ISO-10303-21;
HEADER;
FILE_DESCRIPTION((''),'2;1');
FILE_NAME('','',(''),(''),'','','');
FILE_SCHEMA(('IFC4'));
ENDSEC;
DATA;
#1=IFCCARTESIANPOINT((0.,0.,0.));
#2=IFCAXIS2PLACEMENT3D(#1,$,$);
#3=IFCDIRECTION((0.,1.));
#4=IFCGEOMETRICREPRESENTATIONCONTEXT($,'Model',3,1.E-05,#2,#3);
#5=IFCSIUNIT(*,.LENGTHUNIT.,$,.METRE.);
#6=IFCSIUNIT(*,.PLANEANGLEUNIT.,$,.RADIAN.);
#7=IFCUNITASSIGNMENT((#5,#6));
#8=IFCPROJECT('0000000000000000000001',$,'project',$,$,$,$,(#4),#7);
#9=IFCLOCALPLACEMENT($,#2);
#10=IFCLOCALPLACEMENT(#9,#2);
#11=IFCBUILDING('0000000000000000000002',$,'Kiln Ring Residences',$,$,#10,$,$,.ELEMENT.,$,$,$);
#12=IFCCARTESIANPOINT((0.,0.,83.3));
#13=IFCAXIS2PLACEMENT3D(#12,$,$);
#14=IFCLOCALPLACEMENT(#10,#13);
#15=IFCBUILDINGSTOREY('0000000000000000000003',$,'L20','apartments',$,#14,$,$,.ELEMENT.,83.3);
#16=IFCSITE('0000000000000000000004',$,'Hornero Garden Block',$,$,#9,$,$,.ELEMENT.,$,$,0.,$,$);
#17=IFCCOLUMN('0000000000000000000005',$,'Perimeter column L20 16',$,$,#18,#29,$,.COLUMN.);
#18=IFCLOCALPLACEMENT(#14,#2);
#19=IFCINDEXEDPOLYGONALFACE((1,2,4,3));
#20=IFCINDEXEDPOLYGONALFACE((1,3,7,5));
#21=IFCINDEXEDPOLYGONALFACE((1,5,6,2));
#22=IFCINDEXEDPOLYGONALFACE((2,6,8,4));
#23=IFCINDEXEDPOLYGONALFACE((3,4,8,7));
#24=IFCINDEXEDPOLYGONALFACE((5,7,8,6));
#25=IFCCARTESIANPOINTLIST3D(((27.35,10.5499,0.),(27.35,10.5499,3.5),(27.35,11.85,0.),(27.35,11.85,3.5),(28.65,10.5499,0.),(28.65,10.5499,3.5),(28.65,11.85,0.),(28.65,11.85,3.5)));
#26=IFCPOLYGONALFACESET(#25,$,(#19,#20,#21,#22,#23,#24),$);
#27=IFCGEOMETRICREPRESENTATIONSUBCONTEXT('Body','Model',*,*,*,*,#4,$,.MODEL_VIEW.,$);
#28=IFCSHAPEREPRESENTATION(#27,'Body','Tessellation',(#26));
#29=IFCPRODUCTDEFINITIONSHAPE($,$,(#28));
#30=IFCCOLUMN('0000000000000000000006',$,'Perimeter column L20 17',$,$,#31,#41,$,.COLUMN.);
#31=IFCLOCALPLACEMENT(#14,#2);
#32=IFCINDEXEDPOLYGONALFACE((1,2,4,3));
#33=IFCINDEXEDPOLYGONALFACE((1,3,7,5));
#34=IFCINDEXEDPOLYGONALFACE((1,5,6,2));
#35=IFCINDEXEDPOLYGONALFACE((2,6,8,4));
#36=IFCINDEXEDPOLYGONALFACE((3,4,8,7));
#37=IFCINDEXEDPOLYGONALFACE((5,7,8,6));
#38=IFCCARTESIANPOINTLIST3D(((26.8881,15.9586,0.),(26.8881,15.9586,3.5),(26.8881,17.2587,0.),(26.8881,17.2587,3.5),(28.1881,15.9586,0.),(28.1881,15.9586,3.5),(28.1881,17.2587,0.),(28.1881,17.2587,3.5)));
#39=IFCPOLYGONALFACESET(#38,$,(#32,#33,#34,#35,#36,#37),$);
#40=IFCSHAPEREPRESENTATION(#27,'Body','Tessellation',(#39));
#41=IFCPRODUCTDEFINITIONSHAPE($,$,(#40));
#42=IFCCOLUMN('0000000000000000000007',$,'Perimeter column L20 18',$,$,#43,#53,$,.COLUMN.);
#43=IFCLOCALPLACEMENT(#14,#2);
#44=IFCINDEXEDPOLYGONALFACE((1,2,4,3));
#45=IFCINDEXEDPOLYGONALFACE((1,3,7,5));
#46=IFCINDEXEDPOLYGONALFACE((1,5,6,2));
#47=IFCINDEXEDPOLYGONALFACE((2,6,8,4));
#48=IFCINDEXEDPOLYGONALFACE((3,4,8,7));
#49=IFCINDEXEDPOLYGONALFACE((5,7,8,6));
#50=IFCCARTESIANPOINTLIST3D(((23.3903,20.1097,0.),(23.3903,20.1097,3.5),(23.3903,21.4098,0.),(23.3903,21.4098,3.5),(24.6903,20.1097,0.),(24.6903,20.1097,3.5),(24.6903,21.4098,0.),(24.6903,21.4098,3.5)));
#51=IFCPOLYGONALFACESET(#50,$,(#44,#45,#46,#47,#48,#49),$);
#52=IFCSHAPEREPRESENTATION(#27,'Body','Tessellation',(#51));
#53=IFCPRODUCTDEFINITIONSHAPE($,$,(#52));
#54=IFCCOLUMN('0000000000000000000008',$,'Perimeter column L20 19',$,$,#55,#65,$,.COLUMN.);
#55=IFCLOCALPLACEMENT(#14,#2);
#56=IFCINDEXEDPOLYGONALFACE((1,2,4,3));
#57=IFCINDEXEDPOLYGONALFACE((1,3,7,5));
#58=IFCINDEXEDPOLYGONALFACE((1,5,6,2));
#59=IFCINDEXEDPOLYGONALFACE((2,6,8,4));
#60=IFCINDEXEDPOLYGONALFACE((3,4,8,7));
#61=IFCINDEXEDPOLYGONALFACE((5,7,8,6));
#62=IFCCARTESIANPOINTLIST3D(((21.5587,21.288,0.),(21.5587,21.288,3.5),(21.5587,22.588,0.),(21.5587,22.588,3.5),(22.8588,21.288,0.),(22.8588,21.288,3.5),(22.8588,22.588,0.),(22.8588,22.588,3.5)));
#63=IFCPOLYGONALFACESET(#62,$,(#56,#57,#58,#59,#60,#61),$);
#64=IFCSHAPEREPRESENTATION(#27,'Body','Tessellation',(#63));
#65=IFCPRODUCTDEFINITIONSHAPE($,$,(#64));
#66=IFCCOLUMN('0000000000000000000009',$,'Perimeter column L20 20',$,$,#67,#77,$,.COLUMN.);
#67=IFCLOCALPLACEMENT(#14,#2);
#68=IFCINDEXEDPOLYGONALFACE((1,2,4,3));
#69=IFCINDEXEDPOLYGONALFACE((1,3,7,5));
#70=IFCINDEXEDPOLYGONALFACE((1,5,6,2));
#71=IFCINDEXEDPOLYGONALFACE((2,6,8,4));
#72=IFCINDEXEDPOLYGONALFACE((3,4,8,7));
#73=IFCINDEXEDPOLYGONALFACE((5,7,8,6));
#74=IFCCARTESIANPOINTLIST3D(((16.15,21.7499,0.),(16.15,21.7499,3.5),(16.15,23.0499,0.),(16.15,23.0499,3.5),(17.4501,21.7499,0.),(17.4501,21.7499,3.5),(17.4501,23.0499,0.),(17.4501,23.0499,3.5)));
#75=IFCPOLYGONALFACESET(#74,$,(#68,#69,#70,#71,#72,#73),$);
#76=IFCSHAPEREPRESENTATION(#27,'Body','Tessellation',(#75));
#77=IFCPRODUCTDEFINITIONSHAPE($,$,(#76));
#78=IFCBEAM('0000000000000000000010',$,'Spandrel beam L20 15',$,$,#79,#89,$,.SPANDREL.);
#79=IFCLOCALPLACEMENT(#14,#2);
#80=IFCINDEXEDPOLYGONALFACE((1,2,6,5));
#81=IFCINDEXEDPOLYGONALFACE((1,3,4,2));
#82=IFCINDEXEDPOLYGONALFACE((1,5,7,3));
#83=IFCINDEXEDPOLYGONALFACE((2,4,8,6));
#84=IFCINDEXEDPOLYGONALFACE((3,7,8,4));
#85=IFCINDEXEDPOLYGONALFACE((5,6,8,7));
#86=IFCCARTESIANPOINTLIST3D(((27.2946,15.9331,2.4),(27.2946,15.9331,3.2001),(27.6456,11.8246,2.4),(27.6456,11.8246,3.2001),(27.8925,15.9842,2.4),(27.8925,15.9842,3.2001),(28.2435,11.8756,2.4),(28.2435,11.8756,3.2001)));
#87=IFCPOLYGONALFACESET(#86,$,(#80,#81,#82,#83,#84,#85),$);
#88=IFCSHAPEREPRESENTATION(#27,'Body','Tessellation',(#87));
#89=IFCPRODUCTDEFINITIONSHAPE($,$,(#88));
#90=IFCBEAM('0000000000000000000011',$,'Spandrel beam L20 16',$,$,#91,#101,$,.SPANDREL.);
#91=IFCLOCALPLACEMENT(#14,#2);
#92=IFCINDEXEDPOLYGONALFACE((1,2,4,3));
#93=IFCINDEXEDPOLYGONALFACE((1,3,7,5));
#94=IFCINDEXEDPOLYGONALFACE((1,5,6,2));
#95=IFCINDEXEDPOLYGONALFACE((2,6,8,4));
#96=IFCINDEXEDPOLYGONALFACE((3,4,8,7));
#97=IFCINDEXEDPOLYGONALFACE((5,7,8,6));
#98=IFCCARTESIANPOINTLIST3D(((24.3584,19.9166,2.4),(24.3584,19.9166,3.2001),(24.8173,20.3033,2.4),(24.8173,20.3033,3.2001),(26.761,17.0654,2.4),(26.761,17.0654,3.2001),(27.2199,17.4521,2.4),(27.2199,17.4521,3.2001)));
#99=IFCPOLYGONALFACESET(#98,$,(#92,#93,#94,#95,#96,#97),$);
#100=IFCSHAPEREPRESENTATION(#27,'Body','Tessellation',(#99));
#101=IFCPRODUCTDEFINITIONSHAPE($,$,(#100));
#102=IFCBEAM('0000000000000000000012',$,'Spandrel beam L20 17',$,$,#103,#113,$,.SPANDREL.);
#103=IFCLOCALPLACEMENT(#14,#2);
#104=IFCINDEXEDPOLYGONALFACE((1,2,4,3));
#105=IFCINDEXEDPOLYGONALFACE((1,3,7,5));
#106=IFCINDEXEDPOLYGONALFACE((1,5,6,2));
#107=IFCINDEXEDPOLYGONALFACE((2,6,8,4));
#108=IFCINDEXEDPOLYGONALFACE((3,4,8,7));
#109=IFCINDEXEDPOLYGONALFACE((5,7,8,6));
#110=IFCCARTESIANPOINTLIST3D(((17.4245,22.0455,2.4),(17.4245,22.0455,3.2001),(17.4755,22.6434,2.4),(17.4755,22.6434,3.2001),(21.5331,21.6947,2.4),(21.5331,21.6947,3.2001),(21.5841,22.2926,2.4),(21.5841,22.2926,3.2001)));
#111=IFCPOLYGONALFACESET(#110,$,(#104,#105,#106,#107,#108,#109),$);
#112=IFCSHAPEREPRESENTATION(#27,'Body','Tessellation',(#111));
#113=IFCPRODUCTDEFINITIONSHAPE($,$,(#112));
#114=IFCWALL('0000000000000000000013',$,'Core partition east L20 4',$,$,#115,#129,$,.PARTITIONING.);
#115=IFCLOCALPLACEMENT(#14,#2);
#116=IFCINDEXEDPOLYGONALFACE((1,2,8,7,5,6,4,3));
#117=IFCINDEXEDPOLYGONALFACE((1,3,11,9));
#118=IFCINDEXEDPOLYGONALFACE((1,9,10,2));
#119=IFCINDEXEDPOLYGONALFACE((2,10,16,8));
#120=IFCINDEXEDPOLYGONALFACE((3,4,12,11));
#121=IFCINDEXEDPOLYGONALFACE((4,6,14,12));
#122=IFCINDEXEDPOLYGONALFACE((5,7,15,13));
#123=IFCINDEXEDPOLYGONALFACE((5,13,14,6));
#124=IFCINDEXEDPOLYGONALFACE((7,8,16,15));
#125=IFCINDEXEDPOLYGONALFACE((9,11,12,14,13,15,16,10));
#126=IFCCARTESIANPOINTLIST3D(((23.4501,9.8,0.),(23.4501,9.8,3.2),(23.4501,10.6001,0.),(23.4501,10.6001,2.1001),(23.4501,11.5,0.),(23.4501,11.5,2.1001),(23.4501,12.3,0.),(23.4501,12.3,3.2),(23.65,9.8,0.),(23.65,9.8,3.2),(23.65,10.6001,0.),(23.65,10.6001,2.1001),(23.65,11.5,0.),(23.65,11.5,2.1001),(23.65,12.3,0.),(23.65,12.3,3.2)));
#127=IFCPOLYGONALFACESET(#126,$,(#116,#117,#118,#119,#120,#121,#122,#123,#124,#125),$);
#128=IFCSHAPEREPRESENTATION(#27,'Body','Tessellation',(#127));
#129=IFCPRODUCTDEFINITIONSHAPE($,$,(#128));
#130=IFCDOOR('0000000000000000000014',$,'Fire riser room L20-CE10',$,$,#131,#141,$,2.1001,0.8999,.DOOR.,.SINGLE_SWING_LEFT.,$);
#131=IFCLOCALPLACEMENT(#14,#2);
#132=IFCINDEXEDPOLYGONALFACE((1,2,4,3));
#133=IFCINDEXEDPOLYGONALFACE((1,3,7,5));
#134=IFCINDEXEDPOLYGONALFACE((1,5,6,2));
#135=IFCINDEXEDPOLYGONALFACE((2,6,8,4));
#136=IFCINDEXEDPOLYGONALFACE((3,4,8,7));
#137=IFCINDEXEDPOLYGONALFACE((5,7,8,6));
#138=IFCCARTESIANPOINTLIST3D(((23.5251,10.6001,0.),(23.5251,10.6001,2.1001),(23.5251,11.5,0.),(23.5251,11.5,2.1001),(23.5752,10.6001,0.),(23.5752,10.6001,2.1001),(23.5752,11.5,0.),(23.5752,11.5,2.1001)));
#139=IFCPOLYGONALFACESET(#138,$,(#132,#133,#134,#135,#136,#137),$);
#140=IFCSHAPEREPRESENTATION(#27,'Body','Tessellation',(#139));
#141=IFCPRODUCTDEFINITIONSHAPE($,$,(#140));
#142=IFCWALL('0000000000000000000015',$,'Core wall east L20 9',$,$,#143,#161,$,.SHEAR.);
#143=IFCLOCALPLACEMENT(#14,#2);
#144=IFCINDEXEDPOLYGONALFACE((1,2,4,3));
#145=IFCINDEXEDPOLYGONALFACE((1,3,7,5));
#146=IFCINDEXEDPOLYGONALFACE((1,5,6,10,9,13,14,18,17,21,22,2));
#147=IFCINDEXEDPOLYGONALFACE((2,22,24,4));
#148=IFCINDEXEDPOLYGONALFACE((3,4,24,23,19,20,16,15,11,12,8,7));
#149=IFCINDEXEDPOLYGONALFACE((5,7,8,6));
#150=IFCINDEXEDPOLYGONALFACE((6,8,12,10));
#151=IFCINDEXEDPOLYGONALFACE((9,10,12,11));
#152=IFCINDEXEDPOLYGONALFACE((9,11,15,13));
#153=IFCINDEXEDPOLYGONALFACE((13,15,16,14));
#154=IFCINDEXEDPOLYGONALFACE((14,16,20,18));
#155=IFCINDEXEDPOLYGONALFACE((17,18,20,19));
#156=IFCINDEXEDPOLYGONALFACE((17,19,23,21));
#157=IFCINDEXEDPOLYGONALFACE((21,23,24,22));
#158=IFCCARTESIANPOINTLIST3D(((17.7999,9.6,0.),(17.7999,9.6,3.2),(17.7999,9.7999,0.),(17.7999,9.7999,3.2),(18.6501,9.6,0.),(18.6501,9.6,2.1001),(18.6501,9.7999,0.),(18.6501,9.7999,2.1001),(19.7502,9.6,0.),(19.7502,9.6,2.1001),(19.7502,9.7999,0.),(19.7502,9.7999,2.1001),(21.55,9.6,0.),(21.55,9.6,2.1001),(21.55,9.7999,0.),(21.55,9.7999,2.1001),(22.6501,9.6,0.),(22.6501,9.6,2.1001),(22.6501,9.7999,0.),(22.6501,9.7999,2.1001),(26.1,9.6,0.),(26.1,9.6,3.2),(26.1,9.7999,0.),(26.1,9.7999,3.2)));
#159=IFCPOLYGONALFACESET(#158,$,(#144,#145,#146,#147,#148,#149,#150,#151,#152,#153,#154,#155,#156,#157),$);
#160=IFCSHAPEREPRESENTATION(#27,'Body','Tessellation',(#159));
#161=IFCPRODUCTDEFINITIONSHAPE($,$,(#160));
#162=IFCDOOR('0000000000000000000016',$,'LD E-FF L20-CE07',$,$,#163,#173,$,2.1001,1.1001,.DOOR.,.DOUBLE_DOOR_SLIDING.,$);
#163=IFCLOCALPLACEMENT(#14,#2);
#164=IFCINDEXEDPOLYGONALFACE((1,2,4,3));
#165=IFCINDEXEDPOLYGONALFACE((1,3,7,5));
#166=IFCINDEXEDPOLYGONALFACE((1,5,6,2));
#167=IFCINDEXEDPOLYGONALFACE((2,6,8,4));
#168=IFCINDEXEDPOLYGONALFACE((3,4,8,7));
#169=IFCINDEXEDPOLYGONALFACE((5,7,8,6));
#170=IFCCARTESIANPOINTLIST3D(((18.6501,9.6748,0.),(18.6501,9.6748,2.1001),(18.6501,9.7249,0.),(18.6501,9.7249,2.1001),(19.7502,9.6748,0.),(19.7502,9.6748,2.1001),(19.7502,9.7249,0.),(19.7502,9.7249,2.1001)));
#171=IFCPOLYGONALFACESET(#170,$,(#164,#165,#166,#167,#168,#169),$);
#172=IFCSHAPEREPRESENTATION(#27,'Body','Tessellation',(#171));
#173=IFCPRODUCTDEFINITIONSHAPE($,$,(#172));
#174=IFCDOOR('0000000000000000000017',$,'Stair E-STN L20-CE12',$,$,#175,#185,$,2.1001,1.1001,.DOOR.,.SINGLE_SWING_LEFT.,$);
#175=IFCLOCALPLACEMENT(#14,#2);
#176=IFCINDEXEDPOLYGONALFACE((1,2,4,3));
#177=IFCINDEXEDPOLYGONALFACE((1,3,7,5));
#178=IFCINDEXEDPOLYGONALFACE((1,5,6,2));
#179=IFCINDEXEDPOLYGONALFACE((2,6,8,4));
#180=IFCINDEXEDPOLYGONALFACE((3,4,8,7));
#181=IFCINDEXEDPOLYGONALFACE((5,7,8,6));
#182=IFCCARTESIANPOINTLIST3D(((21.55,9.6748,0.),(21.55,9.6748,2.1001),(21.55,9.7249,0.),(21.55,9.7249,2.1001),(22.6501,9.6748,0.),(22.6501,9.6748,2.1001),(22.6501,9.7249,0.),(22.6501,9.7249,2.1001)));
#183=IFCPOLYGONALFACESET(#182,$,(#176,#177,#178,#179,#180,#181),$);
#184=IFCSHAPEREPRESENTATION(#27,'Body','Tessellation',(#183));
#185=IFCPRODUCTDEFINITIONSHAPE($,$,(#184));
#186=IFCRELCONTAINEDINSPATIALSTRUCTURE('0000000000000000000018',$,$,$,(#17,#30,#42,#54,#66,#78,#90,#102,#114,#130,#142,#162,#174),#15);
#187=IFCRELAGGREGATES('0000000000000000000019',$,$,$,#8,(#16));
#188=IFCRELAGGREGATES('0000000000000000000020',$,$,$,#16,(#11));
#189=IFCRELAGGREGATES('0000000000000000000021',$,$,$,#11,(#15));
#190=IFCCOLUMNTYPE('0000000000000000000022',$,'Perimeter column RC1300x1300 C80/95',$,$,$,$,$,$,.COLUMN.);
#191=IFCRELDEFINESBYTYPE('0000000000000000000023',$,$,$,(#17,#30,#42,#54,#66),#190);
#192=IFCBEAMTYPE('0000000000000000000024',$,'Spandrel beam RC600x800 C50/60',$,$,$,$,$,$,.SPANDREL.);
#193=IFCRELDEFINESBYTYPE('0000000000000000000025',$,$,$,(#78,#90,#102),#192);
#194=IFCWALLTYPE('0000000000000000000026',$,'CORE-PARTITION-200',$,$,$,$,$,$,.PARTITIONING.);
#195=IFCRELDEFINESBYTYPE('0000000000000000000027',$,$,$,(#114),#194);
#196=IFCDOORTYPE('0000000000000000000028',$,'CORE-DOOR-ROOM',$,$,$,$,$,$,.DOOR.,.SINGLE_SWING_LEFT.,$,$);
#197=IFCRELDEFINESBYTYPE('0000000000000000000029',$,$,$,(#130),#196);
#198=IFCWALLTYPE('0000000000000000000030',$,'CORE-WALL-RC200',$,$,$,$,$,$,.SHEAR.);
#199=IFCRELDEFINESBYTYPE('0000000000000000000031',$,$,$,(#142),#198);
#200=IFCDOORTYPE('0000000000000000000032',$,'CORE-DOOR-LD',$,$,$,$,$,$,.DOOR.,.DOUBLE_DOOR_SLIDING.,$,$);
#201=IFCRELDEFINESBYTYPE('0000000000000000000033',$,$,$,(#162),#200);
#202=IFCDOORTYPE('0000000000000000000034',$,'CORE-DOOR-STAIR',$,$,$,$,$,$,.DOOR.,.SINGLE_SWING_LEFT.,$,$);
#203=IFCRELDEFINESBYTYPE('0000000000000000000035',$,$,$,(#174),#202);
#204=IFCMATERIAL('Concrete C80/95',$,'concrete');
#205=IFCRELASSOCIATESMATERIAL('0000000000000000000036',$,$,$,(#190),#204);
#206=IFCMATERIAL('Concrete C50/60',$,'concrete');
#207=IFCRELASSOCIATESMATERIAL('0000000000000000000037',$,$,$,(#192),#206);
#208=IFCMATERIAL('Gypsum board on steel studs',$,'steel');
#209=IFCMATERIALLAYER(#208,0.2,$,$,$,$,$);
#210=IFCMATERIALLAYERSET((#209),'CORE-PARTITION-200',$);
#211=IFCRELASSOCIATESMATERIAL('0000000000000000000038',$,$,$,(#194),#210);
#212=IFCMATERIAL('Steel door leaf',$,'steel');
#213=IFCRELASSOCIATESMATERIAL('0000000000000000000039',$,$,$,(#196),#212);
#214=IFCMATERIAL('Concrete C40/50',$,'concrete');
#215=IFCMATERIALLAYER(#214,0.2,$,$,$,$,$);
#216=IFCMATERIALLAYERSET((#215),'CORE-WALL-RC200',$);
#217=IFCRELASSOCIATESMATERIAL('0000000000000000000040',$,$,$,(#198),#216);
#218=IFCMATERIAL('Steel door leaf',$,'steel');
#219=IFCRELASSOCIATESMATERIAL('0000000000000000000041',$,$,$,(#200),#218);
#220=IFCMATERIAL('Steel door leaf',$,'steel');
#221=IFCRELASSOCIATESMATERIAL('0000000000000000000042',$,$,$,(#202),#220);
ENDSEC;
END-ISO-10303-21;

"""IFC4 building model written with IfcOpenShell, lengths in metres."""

from ifc_helpers import new_model, si_unit, direction, frame, frame_2d, origin, origin_2d, place, context, subcontext, project, spatial, rectangle, extrude, material, layer, layer_set, material_profile, profile_set, type_object, element, fill, save


model = new_model("IFC4")

# Units and contexts
model_context = context("Model", 3, precision=1e-05, world=origin(), true_north=direction((0.0, 1.0)))
body_context = subcontext(model_context, "Body", "Model", "MODEL_VIEW")
ifc_project = project(units=[si_unit("LENGTHUNIT", "METRE"), si_unit("PLANEANGLEUNIT", "RADIAN")], contexts=[model_context])

# Site, building, storey
site_placement = place(None, origin())
site = spatial("IfcSite", under=ifc_project, at=site_placement, Name="Hornero Garden Block", CompositionType="ELEMENT", RefElevation=0.0)
building_placement = place(site_placement, origin())
building = spatial("IfcBuilding", under=site, at=building_placement, Name="Kiln Ring Residences", CompositionType="ELEMENT")
storey_placement = place(building_placement, frame((0.0, 0.0, 83.3)))
storey = spatial("IfcBuildingStorey", under=building, at=storey_placement, Name="L20", Description="apartments", CompositionType="ELEMENT", Elevation=83.3)

# Columns
ifc_material_1 = material(Name="Concrete C80/95", Category="concrete")
ifc_material_profile_1 = material_profile(ifc_material_1, rectangle(XDim=1.3, YDim=1.3, at=origin_2d()), Name="RC1300x1300")
ifc_profile_set_1 = profile_set([ifc_material_profile_1], Name="Concrete C80/95")
column_type = type_object("IfcColumnType", Name="Perimeter column RC1300x1300 C80/95", PredefinedType="COLUMN", material=ifc_profile_set_1)
for number, where, z_axis, x_axis, name in (
    (1, (28.0, 11.2, 0.0), (0.0, 0.0, 1.0), (1.0, 0.0, 0.0), "Perimeter column L20 16"),
    (2, (27.5381, 16.6086, 0.0), (0.0, 0.0, 1.0), (1.0, 0.0, 0.0), "Perimeter column L20 17"),
    (3, (24.0403, 20.7598, 0.0), (0.0, 0.0, 1.0), (1.0, 0.0, 0.0), "Perimeter column L20 18"),
    (4, (22.2087, 21.938, 0.0), (0.0, 0.0, 1.0), (1.0, 0.0, 0.0), "Perimeter column L20 19"),
    (5, (16.8, 22.3999, 0.0), (0.0, 0.0, 1.0), (1.0, 0.0, 0.0), "Perimeter column L20 20"),
):
    element("IfcColumn", number, at=place(storey_placement, frame(where, z_axis=z_axis, x_axis=x_axis)), inside=storey, type_object=column_type, Name=name, PredefinedType="COLUMN", context=body_context, shape_type="SweptSolid", body=[
        extrude(rectangle(XDim=1.3, YDim=1.3, at=origin_2d()), origin(), (0.0, 0.0, 1.0), 3.5),
    ])

# Beams
ifc_material_2 = material(Name="Concrete C50/60", Category="concrete")
ifc_material_profile_2 = material_profile(ifc_material_2, rectangle(XDim=0.6001, YDim=0.8, at=origin_2d()), Name="RC600x800")
ifc_profile_set_2 = profile_set([ifc_material_profile_2], Name="Concrete C50/60")
beam_type = type_object("IfcBeamType", Name="Spandrel beam RC600x800 C50/60", PredefinedType="SPANDREL", material=ifc_profile_set_2)
beam_1_placement = place(storey_placement, frame((27.9446, 11.8501, 2.8), z_axis=(-0.085137, 0.996369, 0.0), x_axis=(-0.996369, -0.085137, 0.0)))
element("IfcBeam", 6, at=beam_1_placement, inside=storey, type_object=beam_type, Name="Spandrel beam L20 15", PredefinedType="SPANDREL", context=body_context, shape_type="SweptSolid", body=[
    extrude(rectangle(XDim=0.6001, YDim=0.8, at=origin_2d()), origin(), (0.0, 0.0, 1.0), 4.1235),
])
beam_2_placement = place(storey_placement, frame((26.9905, 17.2588, 2.8), z_axis=(-0.6444, 0.764689, 0.0), x_axis=(-0.764689, -0.6444, 0.0)))
element("IfcBeam", 7, at=beam_2_placement, inside=storey, type_object=beam_type, Name="Spandrel beam L20 16", PredefinedType="SPANDREL", context=body_context, shape_type="SweptSolid", body=[
    extrude(rectangle(XDim=0.6001, YDim=0.8, at=origin_2d()), origin(), (0.0, 0.0, 1.0), 3.7285),
])
beam_3_placement = place(storey_placement, frame((21.5586, 21.9937, 2.8), z_axis=(-0.996374, 0.085079, 0.0), x_axis=(-0.085079, -0.996374, 0.0)))
element("IfcBeam", 8, at=beam_3_placement, inside=storey, type_object=beam_type, Name="Spandrel beam L20 17", PredefinedType="SPANDREL", context=body_context, shape_type="SweptSolid", body=[
    extrude(rectangle(XDim=0.6001, YDim=0.8, at=origin_2d()), origin(), (0.0, 0.0, 1.0), 4.1235),
])

# Wall, opening, door
ifc_material_3 = material(Name="Gypsum board on steel studs", Category="steel")
ifc_layer_1 = layer(ifc_material_3, 0.2)
ifc_layer_set_1 = layer_set([ifc_layer_1], Name="CORE-PARTITION-200")
wall_type_1 = type_object("IfcWallType", Name="CORE-PARTITION-200", PredefinedType="PARTITIONING", material=ifc_layer_set_1)
wall_1_placement = place(storey_placement, frame((23.55, 9.8, 0.0), z_axis=(0.0, 0.0, 1.0), x_axis=(0.0, 1.0, 0.0)))
wall_1 = element("IfcWall", 9, at=wall_1_placement, inside=storey, type_object=wall_type_1, Name="Core partition east L20 4", PredefinedType="PARTITIONING", context=body_context, shape_type="SweptSolid", body=[
    extrude(rectangle(XDim=2.5, YDim=0.2, at=frame_2d((1.25, 0.0))), origin(), (0.0, 0.0, 1.0), 3.2),
])
opening_1_placement = place(wall_1_placement, frame((0.8, 0.0, 0.0)))
opening_1 = element("IfcOpeningElement", 10, at=opening_1_placement, cuts=wall_1, PredefinedType="OPENING", context=body_context, shape_type="SweptSolid", body=[
    extrude(rectangle(XDim=0.8999, YDim=2.1001, at=frame_2d((0.45, 1.05))), frame((0.0, 0.1099, 0.0), z_axis=(0.0, -1.0, 0.0), x_axis=(1.0, 0.0, 0.0)), (0.0, 0.0, 1.0), 0.22),
])
ifc_material_4 = material(Name="Steel door leaf", Category="steel")
door_type_1 = type_object("IfcDoorType", Name="CORE-DOOR-ROOM", OperationType="SINGLE_SWING_LEFT", PredefinedType="DOOR", material=ifc_material_4)
door_1_placement = place(opening_1_placement, origin())
door_1 = element("IfcDoor", 11, at=door_1_placement, inside=storey, type_object=door_type_1, Name="Fire riser room L20-CE10", OperationType="SINGLE_SWING_LEFT", OverallHeight=2.1001, OverallWidth=0.8999, PredefinedType="DOOR", context=body_context, shape_type="SweptSolid", body=[
    extrude(rectangle(XDim=0.8999, YDim=2.1001, at=frame_2d((0.45, 1.05))), frame((0.0, 0.0249, 0.0), z_axis=(0.0, -1.0, 0.0), x_axis=(1.0, 0.0, 0.0)), (0.0, 0.0, 1.0), 0.05),
])
fill(opening_1, door_1)

# Wall, openings, doors
ifc_material_5 = material(Name="Concrete C40/50", Category="concrete")
ifc_layer_2 = layer(ifc_material_5, 0.2)
ifc_layer_set_2 = layer_set([ifc_layer_2], Name="CORE-WALL-RC200")
wall_type_2 = type_object("IfcWallType", Name="CORE-WALL-RC200", PredefinedType="SHEAR", material=ifc_layer_set_2)
wall_2_placement = place(storey_placement, frame((17.8, 9.7, 0.0), z_axis=(0.0, 0.0, 1.0), x_axis=(1.0, 0.0, 0.0)))
wall_2 = element("IfcWall", 12, at=wall_2_placement, inside=storey, type_object=wall_type_2, Name="Core wall east L20 9", PredefinedType="SHEAR", context=body_context, shape_type="SweptSolid", body=[
    extrude(rectangle(XDim=8.3, YDim=0.2, at=frame_2d((4.1499, 0.0))), origin(), (0.0, 0.0, 1.0), 3.2),
])
opening_2_placement = place(wall_2_placement, frame((0.8501, 0.0, 0.0)))
opening_2 = element("IfcOpeningElement", 13, at=opening_2_placement, cuts=wall_2, PredefinedType="OPENING", context=body_context, shape_type="SweptSolid", body=[
    extrude(rectangle(XDim=1.1001, YDim=2.1001, at=frame_2d((0.55, 1.05))), frame((0.0, 0.1099, 0.0), z_axis=(0.0, -1.0, 0.0), x_axis=(1.0, 0.0, 0.0)), (0.0, 0.0, 1.0), 0.22),
])
opening_3_placement = place(wall_2_placement, frame((3.75, 0.0, 0.0)))
opening_3 = element("IfcOpeningElement", 14, at=opening_3_placement, cuts=wall_2, PredefinedType="OPENING", context=body_context, shape_type="SweptSolid", body=[
    extrude(rectangle(XDim=1.1001, YDim=2.1001, at=frame_2d((0.55, 1.05))), frame((0.0, 0.1099, 0.0), z_axis=(0.0, -1.0, 0.0), x_axis=(1.0, 0.0, 0.0)), (0.0, 0.0, 1.0), 0.22),
])
ifc_material_6 = material(Name="Steel door leaf", Category="steel")
door_type_2 = type_object("IfcDoorType", Name="CORE-DOOR-LD", OperationType="DOUBLE_DOOR_SLIDING", PredefinedType="DOOR", material=ifc_material_6)
door_2_placement = place(opening_2_placement, origin())
door_2 = element("IfcDoor", 15, at=door_2_placement, inside=storey, type_object=door_type_2, Name="LD E-FF L20-CE07", OperationType="DOUBLE_DOOR_SLIDING", OverallHeight=2.1001, OverallWidth=1.1001, PredefinedType="DOOR", context=body_context, shape_type="SweptSolid", body=[
    extrude(rectangle(XDim=1.1001, YDim=2.1001, at=frame_2d((0.55, 1.05))), frame((0.0, 0.0249, 0.0), z_axis=(0.0, -1.0, 0.0), x_axis=(1.0, 0.0, 0.0)), (0.0, 0.0, 1.0), 0.05),
])
fill(opening_2, door_2)
ifc_material_7 = material(Name="Steel door leaf", Category="steel")
door_type_3 = type_object("IfcDoorType", Name="CORE-DOOR-STAIR", OperationType="SINGLE_SWING_LEFT", PredefinedType="DOOR", material=ifc_material_7)
door_3_placement = place(opening_3_placement, origin())
door_3 = element("IfcDoor", 16, at=door_3_placement, inside=storey, type_object=door_type_3, Name="Stair E-STN L20-CE12", OperationType="SINGLE_SWING_LEFT", OverallHeight=2.1001, OverallWidth=1.1001, PredefinedType="DOOR", context=body_context, shape_type="SweptSolid", body=[
    extrude(rectangle(XDim=1.1001, YDim=2.1001, at=frame_2d((0.55, 1.05))), frame((0.0, 0.0249, 0.0), z_axis=(0.0, -1.0, 0.0), x_axis=(1.0, 0.0, 0.0)), (0.0, 0.0, 1.0), 0.05),
])
fill(opening_3, door_3)

save(model, "model.ifc")
